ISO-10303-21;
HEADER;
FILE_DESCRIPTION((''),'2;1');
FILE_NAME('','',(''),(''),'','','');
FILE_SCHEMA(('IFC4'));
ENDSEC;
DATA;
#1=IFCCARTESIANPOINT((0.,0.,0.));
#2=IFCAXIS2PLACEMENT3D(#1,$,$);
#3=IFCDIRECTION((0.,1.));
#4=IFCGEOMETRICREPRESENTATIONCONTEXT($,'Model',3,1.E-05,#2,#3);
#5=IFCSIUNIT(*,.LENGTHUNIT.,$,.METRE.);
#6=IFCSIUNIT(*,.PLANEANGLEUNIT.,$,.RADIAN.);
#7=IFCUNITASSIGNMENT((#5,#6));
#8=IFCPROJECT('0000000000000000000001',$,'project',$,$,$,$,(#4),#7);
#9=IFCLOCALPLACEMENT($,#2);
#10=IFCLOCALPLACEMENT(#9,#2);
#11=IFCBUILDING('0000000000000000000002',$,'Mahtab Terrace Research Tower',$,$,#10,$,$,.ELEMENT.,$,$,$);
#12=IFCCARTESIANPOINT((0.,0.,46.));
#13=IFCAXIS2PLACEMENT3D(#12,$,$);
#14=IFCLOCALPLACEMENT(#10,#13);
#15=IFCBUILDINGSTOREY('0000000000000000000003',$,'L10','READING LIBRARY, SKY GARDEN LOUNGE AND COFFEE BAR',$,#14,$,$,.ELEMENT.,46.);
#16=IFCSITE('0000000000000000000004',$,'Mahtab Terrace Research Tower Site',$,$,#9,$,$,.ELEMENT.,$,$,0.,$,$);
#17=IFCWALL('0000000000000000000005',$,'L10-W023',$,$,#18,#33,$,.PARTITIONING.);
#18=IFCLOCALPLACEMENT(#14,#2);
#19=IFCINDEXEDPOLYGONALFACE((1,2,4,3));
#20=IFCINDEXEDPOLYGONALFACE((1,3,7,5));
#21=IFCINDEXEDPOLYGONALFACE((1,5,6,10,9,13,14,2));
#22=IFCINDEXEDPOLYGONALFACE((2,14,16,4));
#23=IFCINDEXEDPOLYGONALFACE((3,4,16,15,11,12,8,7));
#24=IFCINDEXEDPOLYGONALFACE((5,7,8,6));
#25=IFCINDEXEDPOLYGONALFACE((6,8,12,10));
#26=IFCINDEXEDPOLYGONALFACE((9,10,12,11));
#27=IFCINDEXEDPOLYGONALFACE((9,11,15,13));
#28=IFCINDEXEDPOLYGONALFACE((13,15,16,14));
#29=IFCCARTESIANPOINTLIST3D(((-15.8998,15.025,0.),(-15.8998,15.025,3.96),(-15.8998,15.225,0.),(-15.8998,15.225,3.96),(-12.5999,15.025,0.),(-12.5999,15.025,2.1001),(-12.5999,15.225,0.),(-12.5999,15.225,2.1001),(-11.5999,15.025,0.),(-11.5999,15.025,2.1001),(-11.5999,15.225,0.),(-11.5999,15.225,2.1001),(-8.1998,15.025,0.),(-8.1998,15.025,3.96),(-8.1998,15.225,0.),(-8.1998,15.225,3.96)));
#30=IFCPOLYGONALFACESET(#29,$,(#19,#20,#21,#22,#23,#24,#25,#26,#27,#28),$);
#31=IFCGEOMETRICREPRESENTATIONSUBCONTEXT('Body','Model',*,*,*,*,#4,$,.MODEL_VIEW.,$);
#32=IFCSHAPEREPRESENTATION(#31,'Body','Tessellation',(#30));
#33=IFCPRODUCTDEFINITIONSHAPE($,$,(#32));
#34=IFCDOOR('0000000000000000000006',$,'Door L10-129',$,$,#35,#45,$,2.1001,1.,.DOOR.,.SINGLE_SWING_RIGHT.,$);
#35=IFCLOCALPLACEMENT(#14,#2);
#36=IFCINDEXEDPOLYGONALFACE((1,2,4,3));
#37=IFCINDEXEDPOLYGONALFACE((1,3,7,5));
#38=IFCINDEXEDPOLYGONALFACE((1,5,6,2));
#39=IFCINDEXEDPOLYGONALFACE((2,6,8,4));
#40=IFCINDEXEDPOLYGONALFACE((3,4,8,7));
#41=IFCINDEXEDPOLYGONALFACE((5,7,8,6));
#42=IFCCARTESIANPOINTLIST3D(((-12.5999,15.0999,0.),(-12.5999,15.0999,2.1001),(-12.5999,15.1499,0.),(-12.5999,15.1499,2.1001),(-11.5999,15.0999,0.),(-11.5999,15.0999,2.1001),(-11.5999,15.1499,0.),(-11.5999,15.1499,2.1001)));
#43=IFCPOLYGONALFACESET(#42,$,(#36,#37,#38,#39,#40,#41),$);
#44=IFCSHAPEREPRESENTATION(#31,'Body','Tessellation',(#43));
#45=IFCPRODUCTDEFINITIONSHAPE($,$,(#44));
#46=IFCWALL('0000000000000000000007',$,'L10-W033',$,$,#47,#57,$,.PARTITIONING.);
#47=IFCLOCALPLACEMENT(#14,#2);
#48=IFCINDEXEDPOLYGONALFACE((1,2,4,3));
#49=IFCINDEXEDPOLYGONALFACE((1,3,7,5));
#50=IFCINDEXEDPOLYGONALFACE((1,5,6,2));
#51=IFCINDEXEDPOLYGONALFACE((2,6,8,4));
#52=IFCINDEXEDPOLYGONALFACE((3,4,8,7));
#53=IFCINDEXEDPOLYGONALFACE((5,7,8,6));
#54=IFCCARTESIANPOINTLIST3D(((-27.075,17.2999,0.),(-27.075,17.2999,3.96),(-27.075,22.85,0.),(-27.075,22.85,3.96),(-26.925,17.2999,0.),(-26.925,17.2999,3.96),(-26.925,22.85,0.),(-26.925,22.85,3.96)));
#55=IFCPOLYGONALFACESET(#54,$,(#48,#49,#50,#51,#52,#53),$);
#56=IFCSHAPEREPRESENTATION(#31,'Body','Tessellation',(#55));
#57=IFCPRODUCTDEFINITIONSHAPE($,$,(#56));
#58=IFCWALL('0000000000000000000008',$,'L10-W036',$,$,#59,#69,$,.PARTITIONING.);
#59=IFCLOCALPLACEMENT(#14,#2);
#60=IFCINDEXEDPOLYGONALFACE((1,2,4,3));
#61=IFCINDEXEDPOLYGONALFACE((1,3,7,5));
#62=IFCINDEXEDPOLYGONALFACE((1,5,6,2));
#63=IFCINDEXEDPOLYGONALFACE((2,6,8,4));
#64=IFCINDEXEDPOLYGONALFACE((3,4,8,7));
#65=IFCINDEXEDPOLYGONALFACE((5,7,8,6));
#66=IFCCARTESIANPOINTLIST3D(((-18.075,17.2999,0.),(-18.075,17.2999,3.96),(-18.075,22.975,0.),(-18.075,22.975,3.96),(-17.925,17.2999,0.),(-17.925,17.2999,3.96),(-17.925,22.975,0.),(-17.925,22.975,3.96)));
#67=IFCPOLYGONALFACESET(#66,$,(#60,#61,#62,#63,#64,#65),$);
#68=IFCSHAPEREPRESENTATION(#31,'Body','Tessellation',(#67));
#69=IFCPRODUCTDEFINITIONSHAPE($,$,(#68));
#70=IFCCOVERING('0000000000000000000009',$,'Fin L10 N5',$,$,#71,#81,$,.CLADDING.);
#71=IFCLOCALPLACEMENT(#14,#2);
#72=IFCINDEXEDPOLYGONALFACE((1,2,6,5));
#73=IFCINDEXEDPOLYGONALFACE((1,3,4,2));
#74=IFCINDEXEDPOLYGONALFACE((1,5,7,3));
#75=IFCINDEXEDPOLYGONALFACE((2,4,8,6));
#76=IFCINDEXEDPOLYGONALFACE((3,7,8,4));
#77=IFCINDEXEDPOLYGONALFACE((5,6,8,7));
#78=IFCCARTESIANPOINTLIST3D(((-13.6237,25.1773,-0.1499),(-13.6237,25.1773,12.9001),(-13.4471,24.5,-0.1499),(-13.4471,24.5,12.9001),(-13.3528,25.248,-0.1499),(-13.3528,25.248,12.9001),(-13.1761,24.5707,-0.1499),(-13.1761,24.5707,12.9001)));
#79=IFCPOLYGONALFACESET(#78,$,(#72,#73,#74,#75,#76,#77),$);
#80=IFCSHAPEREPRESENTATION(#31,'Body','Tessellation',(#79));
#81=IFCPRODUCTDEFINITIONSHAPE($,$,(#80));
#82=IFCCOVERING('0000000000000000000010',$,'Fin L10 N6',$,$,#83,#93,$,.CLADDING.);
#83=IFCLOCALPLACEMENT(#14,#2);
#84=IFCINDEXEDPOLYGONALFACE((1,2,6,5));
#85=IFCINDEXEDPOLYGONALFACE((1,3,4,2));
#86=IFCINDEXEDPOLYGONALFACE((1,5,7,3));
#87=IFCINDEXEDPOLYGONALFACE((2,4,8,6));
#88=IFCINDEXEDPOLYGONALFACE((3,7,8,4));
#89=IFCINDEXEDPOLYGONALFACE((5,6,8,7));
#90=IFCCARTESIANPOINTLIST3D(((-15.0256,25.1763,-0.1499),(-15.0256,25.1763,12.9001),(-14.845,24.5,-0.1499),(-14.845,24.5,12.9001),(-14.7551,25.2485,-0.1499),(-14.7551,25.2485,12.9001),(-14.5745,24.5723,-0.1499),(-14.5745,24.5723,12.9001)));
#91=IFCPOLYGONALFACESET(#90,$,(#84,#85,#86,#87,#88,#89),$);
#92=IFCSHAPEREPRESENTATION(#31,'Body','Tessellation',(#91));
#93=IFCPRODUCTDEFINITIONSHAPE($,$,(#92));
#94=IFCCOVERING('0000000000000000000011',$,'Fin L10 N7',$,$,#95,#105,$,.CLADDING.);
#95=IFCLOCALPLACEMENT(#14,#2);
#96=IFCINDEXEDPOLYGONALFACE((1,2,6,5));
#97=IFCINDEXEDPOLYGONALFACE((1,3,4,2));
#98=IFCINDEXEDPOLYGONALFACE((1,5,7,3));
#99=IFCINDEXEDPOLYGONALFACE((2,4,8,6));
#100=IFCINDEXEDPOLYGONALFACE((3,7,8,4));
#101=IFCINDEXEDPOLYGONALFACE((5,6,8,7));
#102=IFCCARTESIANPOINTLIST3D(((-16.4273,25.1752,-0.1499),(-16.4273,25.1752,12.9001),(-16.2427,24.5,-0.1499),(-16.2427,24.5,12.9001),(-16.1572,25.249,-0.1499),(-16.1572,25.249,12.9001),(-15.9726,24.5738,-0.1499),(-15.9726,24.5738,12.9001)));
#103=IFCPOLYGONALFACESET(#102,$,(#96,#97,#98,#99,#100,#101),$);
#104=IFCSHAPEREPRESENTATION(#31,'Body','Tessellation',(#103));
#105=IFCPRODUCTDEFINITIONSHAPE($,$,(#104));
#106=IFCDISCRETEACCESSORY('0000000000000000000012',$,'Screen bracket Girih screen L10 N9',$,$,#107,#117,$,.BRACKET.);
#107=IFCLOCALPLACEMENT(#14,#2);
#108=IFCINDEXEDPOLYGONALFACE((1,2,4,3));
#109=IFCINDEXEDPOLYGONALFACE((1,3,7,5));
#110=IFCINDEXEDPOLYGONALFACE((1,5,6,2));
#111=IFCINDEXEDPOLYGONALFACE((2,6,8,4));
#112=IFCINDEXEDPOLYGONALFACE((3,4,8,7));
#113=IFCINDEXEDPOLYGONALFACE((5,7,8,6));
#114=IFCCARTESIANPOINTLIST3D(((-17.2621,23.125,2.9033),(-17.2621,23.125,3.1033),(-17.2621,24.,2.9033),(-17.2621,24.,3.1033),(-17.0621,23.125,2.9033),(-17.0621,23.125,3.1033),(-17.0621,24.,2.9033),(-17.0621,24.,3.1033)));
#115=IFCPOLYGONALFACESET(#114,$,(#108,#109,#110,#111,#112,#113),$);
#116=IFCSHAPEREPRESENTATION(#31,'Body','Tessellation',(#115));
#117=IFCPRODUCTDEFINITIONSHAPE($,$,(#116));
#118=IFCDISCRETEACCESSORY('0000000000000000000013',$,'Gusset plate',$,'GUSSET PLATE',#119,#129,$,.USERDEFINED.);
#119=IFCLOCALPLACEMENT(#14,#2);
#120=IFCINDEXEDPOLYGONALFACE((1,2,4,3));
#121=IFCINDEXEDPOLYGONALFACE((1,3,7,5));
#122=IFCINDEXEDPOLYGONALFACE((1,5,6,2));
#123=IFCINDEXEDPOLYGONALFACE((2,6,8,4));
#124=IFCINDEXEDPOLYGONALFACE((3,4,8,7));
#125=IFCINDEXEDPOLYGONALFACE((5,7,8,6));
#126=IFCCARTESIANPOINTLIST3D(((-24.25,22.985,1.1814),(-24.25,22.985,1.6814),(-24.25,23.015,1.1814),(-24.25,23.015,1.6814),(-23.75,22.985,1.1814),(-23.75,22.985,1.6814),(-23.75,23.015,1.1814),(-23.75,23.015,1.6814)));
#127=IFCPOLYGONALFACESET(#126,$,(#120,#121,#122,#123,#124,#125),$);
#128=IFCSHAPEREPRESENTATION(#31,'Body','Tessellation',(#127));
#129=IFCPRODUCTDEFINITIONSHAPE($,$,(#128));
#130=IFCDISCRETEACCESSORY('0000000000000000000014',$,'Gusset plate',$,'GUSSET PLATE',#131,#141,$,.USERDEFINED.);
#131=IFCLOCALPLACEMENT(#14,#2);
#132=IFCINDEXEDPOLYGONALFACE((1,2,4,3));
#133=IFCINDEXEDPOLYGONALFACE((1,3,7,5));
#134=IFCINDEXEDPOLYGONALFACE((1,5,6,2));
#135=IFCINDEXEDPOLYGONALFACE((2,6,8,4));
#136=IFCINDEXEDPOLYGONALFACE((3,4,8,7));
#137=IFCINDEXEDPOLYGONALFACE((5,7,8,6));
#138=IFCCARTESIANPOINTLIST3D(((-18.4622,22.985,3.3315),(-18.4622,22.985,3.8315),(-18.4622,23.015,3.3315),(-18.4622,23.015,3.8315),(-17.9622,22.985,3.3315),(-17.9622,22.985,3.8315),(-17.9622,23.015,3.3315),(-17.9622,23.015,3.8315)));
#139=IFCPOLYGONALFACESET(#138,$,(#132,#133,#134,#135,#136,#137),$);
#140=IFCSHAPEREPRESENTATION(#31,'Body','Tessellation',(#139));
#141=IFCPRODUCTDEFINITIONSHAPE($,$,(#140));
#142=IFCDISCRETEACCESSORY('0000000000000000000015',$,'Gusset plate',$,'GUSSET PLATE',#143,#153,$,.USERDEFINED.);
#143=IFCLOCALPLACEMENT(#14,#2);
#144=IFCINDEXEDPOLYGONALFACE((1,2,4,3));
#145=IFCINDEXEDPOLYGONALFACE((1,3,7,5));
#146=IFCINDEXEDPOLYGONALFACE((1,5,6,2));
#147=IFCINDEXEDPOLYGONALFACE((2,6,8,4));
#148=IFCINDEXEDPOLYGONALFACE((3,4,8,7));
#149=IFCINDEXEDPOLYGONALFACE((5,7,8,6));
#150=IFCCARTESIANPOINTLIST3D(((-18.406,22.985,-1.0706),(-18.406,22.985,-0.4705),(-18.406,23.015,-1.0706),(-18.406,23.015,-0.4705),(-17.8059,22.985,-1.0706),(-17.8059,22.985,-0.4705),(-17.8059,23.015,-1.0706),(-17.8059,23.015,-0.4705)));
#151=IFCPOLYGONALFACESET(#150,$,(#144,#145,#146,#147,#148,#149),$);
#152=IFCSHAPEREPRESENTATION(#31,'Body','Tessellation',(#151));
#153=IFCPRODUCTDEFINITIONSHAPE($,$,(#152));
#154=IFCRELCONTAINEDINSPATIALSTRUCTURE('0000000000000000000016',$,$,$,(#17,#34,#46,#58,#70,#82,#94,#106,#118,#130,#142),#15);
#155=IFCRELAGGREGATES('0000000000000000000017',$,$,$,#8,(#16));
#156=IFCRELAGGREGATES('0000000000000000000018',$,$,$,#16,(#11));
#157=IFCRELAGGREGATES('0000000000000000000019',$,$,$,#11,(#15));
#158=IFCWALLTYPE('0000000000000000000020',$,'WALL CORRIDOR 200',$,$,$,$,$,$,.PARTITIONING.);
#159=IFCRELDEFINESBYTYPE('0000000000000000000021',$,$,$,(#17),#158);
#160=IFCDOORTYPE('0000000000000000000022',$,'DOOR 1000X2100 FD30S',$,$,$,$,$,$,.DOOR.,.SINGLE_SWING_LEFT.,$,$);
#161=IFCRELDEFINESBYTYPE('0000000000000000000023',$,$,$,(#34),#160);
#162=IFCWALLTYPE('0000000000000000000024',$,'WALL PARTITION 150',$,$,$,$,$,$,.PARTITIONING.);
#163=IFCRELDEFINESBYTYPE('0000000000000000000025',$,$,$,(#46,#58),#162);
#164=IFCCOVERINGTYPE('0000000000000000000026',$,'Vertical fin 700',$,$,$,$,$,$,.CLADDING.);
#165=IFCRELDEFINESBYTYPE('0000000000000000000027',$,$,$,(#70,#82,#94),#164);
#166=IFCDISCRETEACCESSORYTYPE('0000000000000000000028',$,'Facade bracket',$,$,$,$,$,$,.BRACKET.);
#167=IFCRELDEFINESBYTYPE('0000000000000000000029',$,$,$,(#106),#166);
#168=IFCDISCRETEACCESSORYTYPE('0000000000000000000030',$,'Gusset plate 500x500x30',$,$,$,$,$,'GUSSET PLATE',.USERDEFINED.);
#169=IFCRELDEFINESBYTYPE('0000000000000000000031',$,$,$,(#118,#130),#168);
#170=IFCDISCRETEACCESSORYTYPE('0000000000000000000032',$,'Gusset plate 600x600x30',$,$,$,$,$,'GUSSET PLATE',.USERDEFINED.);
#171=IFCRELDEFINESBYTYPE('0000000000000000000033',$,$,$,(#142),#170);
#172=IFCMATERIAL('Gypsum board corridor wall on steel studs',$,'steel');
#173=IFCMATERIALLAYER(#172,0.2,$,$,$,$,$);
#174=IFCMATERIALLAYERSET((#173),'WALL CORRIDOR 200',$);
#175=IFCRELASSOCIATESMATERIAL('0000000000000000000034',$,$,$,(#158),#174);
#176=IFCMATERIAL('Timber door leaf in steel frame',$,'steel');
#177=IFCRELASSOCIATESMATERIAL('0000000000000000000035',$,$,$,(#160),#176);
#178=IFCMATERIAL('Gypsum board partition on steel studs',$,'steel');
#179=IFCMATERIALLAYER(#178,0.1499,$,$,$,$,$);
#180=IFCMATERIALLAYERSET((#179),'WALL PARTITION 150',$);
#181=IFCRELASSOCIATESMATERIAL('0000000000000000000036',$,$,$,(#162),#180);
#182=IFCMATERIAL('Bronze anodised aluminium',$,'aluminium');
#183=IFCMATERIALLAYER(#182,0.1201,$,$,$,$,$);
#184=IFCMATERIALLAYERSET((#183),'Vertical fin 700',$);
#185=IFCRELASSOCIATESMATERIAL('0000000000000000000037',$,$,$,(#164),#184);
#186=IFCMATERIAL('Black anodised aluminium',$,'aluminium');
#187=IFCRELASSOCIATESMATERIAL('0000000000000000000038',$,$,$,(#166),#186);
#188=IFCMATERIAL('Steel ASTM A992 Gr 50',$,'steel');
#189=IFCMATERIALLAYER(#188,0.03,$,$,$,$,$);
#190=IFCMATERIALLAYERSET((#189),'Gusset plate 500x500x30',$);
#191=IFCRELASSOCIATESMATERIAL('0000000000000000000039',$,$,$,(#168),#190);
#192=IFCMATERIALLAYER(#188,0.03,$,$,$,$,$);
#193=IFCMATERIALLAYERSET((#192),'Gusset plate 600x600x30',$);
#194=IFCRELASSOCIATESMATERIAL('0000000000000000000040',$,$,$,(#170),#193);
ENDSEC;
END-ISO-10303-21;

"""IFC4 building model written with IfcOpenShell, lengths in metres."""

from ifc_helpers import new_model, si_unit, direction, frame, frame_2d, origin, origin_2d, place, context, subcontext, project, spatial, rectangle, extrude, material, layer, layer_set, type_object, element, fill, save


model = new_model("IFC4")

# Units and contexts
model_context = context("Model", 3, precision=1e-05, world=origin(), true_north=direction((0.0, 1.0)))
body_context = subcontext(model_context, "Body", "Model", "MODEL_VIEW")
ifc_project = project(units=[si_unit("LENGTHUNIT", "METRE"), si_unit("PLANEANGLEUNIT", "RADIAN")], contexts=[model_context])

# Site, building, storey
site_placement = place(None, origin())
site = spatial("IfcSite", under=ifc_project, at=site_placement, Name="Mahtab Terrace Research Tower Site", CompositionType="ELEMENT", RefElevation=0.0)
building_placement = place(site_placement, origin())
building = spatial("IfcBuilding", under=site, at=building_placement, Name="Mahtab Terrace Research Tower", CompositionType="ELEMENT")
storey_placement = place(building_placement, frame((0.0, 0.0, 46.0)))
storey = spatial("IfcBuildingStorey", under=building, at=storey_placement, Name="L10", Description="READING LIBRARY, SKY GARDEN LOUNGE AND COFFEE BAR", CompositionType="ELEMENT", Elevation=46.0)

# Shared definitions
ifc_material_1 = material(Name="Steel ASTM A992 Gr 50", Category="steel")

# Wall, opening, door
ifc_material_2 = material(Name="Gypsum board corridor wall on steel studs", Category="steel")
ifc_layer_1 = layer(ifc_material_2, 0.2)
ifc_layer_set_1 = layer_set([ifc_layer_1], Name="WALL CORRIDOR 200")
wall_type_1 = type_object("IfcWallType", Name="WALL CORRIDOR 200", PredefinedType="PARTITIONING", material=ifc_layer_set_1)
wall_1_placement = place(storey_placement, frame((-15.8999, 15.125, 0.0), z_axis=(0.0, 0.0, 1.0), x_axis=(1.0, 0.0, 0.0)))
wall_1 = element("IfcWall", 1, at=wall_1_placement, inside=storey, type_object=wall_type_1, Name="L10-W023", PredefinedType="PARTITIONING", context=body_context, shape_type="SweptSolid", body=[
    extrude(rectangle(XDim=7.7, YDim=0.2, at=frame_2d((3.8501, 0.0))), origin(), (0.0, 0.0, 1.0), 3.96),
])
opening_1_placement = place(wall_1_placement, frame((3.3, 0.0, 0.0)))
opening_1 = element("IfcOpeningElement", 2, at=opening_1_placement, cuts=wall_1, PredefinedType="OPENING", context=body_context, shape_type="SweptSolid", body=[
    extrude(rectangle(XDim=1.0, YDim=2.1001, at=frame_2d((0.5, 1.05))), frame((0.0, 0.1099, 0.0), z_axis=(0.0, -1.0, 0.0), x_axis=(1.0, 0.0, 0.0)), (0.0, 0.0, 1.0), 0.22),
])
ifc_material_3 = material(Name="Timber door leaf in steel frame", Category="steel")
door_type_1 = type_object("IfcDoorType", Name="DOOR 1000X2100 FD30S", OperationType="SINGLE_SWING_LEFT", PredefinedType="DOOR", material=ifc_material_3)
door_1_placement = place(opening_1_placement, origin())
door_1 = element("IfcDoor", 3, at=door_1_placement, inside=storey, type_object=door_type_1, Name="Door L10-129", OperationType="SINGLE_SWING_RIGHT", OverallHeight=2.1001, OverallWidth=1.0, PredefinedType="DOOR", context=body_context, shape_type="SweptSolid", body=[
    extrude(rectangle(XDim=1.0, YDim=2.1001, at=frame_2d((0.5, 1.05))), frame((0.0, 0.0249, 0.0), z_axis=(0.0, -1.0, 0.0), x_axis=(1.0, 0.0, 0.0)), (0.0, 0.0, 1.0), 0.05),
])
fill(opening_1, door_1)

# Walls
ifc_material_4 = material(Name="Gypsum board partition on steel studs", Category="steel")
ifc_layer_2 = layer(ifc_material_4, 0.1499)
ifc_layer_set_2 = layer_set([ifc_layer_2], Name="WALL PARTITION 150")
wall_type_2 = type_object("IfcWallType", Name="WALL PARTITION 150", PredefinedType="PARTITIONING", material=ifc_layer_set_2)
wall_2_placement = place(storey_placement, frame((-27.0, 17.3, 0.0), z_axis=(0.0, 0.0, 1.0), x_axis=(0.0, 1.0, 0.0)))
element("IfcWall", 4, at=wall_2_placement, inside=storey, type_object=wall_type_2, Name="L10-W033", PredefinedType="PARTITIONING", context=body_context, shape_type="SweptSolid", body=[
    extrude(rectangle(XDim=5.55, YDim=0.1499, at=frame_2d((2.7749, 0.0))), origin(), (0.0, 0.0, 1.0), 3.96),
])
wall_3_placement = place(storey_placement, frame((-18.0, 17.3, 0.0), z_axis=(0.0, 0.0, 1.0), x_axis=(0.0, 1.0, 0.0)))
element("IfcWall", 5, at=wall_3_placement, inside=storey, type_object=wall_type_2, Name="L10-W036", PredefinedType="PARTITIONING", context=body_context, shape_type="SweptSolid", body=[
    extrude(rectangle(XDim=5.675, YDim=0.1499, at=frame_2d((2.8374, 0.0))), origin(), (0.0, 0.0, 1.0), 3.96),
])

# Coverings
ifc_material_5 = material(Name="Bronze anodised aluminium", Category="aluminium")
ifc_layer_3 = layer(ifc_material_5, 0.1201)
ifc_layer_set_3 = layer_set([ifc_layer_3], Name="Vertical fin 700")
covering_type = type_object("IfcCoveringType", Name="Vertical fin 700", PredefinedType="CLADDING", material=ifc_layer_set_3)
for number, where, z_axis, x_axis, name in (
    (6, (-13.3999, 24.874, -0.1499), (0.0, 0.0, 1.0), (-0.967625, -0.252391, 0.0), "Fin L10 N5"),
    (7, (-14.8, 24.8743, -0.1499), (0.0, 0.0, 1.0), (-0.966141, -0.258016, 0.0), "Fin L10 N6"),
    (8, (-16.2, 24.8745, -0.1499), (0.0, 0.0, 1.0), (-0.964623, -0.263633, 0.0), "Fin L10 N7"),
):
    element("IfcCovering", number, at=place(storey_placement, frame(where, z_axis=z_axis, x_axis=x_axis)), inside=storey, type_object=covering_type, Name=name, PredefinedType="CLADDING", context=body_context, shape_type="SweptSolid", body=[
        extrude(rectangle(XDim=0.28, YDim=0.7, at=origin_2d()), origin(), (0.0, 0.0, 1.0), 13.05),
    ])

# Discrete accessories
ifc_material_6 = material(Name="Black anodised aluminium", Category="aluminium")
discrete_accessory_type_1 = type_object("IfcDiscreteAccessoryType", Name="Facade bracket", PredefinedType="BRACKET", material=ifc_material_6)
discrete_accessory_1_placement = place(storey_placement, frame((-17.1621, 23.5625, 2.9033), z_axis=(0.0, 0.0, 1.0), x_axis=(-1.0, 0.0, 0.0)))
element("IfcDiscreteAccessory", 9, at=discrete_accessory_1_placement, inside=storey, type_object=discrete_accessory_type_1, Name="Screen bracket Girih screen L10 N9", PredefinedType="BRACKET", context=body_context, shape_type="SweptSolid", body=[
    extrude(rectangle(XDim=0.2, YDim=0.875, at=origin_2d()), origin(), (0.0, 0.0, 1.0), 0.2),
])
ifc_layer_4 = layer(ifc_material_1, 0.03)
ifc_layer_set_4 = layer_set([ifc_layer_4], Name="Gusset plate 500x500x30")
discrete_accessory_type_2 = type_object("IfcDiscreteAccessoryType", Name="Gusset plate 500x500x30", ElementType="GUSSET PLATE", PredefinedType="USERDEFINED", material=ifc_layer_set_4)
for number, where, z_axis, x_axis, name in (
    (10, (-24.0, 23.0, 1.1814), (0.0, 0.0, 1.0), (1.0, 0.0, 0.0), "Gusset plate"),
    (11, (-18.2122, 23.0, 3.3315), (0.0, 0.0, 1.0), (1.0, 0.0, 0.0), "Gusset plate"),
):
    element("IfcDiscreteAccessory", number, at=place(storey_placement, frame(where, z_axis=z_axis, x_axis=x_axis)), inside=storey, type_object=discrete_accessory_type_2, Name=name, ObjectType="GUSSET PLATE", PredefinedType="USERDEFINED", context=body_context, shape_type="SweptSolid", body=[
        extrude(rectangle(XDim=0.5, YDim=0.03, at=origin_2d()), origin(), (0.0, 0.0, 1.0), 0.5),
    ])
ifc_layer_5 = layer(ifc_material_1, 0.03)
ifc_layer_set_5 = layer_set([ifc_layer_5], Name="Gusset plate 600x600x30")
discrete_accessory_type_3 = type_object("IfcDiscreteAccessoryType", Name="Gusset plate 600x600x30", ElementType="GUSSET PLATE", PredefinedType="USERDEFINED", material=ifc_layer_set_5)
discrete_accessory_2_placement = place(storey_placement, frame((-18.106, 23.0, -1.0706), z_axis=(0.0, 0.0, 1.0), x_axis=(1.0, 0.0, 0.0)))
element("IfcDiscreteAccessory", 12, at=discrete_accessory_2_placement, inside=storey, type_object=discrete_accessory_type_3, Name="Gusset plate", ObjectType="GUSSET PLATE", PredefinedType="USERDEFINED", context=body_context, shape_type="SweptSolid", body=[
    extrude(rectangle(XDim=0.6001, YDim=0.03, at=origin_2d()), origin(), (0.0, 0.0, 1.0), 0.6001),
])

save(model, "model.ifc")
